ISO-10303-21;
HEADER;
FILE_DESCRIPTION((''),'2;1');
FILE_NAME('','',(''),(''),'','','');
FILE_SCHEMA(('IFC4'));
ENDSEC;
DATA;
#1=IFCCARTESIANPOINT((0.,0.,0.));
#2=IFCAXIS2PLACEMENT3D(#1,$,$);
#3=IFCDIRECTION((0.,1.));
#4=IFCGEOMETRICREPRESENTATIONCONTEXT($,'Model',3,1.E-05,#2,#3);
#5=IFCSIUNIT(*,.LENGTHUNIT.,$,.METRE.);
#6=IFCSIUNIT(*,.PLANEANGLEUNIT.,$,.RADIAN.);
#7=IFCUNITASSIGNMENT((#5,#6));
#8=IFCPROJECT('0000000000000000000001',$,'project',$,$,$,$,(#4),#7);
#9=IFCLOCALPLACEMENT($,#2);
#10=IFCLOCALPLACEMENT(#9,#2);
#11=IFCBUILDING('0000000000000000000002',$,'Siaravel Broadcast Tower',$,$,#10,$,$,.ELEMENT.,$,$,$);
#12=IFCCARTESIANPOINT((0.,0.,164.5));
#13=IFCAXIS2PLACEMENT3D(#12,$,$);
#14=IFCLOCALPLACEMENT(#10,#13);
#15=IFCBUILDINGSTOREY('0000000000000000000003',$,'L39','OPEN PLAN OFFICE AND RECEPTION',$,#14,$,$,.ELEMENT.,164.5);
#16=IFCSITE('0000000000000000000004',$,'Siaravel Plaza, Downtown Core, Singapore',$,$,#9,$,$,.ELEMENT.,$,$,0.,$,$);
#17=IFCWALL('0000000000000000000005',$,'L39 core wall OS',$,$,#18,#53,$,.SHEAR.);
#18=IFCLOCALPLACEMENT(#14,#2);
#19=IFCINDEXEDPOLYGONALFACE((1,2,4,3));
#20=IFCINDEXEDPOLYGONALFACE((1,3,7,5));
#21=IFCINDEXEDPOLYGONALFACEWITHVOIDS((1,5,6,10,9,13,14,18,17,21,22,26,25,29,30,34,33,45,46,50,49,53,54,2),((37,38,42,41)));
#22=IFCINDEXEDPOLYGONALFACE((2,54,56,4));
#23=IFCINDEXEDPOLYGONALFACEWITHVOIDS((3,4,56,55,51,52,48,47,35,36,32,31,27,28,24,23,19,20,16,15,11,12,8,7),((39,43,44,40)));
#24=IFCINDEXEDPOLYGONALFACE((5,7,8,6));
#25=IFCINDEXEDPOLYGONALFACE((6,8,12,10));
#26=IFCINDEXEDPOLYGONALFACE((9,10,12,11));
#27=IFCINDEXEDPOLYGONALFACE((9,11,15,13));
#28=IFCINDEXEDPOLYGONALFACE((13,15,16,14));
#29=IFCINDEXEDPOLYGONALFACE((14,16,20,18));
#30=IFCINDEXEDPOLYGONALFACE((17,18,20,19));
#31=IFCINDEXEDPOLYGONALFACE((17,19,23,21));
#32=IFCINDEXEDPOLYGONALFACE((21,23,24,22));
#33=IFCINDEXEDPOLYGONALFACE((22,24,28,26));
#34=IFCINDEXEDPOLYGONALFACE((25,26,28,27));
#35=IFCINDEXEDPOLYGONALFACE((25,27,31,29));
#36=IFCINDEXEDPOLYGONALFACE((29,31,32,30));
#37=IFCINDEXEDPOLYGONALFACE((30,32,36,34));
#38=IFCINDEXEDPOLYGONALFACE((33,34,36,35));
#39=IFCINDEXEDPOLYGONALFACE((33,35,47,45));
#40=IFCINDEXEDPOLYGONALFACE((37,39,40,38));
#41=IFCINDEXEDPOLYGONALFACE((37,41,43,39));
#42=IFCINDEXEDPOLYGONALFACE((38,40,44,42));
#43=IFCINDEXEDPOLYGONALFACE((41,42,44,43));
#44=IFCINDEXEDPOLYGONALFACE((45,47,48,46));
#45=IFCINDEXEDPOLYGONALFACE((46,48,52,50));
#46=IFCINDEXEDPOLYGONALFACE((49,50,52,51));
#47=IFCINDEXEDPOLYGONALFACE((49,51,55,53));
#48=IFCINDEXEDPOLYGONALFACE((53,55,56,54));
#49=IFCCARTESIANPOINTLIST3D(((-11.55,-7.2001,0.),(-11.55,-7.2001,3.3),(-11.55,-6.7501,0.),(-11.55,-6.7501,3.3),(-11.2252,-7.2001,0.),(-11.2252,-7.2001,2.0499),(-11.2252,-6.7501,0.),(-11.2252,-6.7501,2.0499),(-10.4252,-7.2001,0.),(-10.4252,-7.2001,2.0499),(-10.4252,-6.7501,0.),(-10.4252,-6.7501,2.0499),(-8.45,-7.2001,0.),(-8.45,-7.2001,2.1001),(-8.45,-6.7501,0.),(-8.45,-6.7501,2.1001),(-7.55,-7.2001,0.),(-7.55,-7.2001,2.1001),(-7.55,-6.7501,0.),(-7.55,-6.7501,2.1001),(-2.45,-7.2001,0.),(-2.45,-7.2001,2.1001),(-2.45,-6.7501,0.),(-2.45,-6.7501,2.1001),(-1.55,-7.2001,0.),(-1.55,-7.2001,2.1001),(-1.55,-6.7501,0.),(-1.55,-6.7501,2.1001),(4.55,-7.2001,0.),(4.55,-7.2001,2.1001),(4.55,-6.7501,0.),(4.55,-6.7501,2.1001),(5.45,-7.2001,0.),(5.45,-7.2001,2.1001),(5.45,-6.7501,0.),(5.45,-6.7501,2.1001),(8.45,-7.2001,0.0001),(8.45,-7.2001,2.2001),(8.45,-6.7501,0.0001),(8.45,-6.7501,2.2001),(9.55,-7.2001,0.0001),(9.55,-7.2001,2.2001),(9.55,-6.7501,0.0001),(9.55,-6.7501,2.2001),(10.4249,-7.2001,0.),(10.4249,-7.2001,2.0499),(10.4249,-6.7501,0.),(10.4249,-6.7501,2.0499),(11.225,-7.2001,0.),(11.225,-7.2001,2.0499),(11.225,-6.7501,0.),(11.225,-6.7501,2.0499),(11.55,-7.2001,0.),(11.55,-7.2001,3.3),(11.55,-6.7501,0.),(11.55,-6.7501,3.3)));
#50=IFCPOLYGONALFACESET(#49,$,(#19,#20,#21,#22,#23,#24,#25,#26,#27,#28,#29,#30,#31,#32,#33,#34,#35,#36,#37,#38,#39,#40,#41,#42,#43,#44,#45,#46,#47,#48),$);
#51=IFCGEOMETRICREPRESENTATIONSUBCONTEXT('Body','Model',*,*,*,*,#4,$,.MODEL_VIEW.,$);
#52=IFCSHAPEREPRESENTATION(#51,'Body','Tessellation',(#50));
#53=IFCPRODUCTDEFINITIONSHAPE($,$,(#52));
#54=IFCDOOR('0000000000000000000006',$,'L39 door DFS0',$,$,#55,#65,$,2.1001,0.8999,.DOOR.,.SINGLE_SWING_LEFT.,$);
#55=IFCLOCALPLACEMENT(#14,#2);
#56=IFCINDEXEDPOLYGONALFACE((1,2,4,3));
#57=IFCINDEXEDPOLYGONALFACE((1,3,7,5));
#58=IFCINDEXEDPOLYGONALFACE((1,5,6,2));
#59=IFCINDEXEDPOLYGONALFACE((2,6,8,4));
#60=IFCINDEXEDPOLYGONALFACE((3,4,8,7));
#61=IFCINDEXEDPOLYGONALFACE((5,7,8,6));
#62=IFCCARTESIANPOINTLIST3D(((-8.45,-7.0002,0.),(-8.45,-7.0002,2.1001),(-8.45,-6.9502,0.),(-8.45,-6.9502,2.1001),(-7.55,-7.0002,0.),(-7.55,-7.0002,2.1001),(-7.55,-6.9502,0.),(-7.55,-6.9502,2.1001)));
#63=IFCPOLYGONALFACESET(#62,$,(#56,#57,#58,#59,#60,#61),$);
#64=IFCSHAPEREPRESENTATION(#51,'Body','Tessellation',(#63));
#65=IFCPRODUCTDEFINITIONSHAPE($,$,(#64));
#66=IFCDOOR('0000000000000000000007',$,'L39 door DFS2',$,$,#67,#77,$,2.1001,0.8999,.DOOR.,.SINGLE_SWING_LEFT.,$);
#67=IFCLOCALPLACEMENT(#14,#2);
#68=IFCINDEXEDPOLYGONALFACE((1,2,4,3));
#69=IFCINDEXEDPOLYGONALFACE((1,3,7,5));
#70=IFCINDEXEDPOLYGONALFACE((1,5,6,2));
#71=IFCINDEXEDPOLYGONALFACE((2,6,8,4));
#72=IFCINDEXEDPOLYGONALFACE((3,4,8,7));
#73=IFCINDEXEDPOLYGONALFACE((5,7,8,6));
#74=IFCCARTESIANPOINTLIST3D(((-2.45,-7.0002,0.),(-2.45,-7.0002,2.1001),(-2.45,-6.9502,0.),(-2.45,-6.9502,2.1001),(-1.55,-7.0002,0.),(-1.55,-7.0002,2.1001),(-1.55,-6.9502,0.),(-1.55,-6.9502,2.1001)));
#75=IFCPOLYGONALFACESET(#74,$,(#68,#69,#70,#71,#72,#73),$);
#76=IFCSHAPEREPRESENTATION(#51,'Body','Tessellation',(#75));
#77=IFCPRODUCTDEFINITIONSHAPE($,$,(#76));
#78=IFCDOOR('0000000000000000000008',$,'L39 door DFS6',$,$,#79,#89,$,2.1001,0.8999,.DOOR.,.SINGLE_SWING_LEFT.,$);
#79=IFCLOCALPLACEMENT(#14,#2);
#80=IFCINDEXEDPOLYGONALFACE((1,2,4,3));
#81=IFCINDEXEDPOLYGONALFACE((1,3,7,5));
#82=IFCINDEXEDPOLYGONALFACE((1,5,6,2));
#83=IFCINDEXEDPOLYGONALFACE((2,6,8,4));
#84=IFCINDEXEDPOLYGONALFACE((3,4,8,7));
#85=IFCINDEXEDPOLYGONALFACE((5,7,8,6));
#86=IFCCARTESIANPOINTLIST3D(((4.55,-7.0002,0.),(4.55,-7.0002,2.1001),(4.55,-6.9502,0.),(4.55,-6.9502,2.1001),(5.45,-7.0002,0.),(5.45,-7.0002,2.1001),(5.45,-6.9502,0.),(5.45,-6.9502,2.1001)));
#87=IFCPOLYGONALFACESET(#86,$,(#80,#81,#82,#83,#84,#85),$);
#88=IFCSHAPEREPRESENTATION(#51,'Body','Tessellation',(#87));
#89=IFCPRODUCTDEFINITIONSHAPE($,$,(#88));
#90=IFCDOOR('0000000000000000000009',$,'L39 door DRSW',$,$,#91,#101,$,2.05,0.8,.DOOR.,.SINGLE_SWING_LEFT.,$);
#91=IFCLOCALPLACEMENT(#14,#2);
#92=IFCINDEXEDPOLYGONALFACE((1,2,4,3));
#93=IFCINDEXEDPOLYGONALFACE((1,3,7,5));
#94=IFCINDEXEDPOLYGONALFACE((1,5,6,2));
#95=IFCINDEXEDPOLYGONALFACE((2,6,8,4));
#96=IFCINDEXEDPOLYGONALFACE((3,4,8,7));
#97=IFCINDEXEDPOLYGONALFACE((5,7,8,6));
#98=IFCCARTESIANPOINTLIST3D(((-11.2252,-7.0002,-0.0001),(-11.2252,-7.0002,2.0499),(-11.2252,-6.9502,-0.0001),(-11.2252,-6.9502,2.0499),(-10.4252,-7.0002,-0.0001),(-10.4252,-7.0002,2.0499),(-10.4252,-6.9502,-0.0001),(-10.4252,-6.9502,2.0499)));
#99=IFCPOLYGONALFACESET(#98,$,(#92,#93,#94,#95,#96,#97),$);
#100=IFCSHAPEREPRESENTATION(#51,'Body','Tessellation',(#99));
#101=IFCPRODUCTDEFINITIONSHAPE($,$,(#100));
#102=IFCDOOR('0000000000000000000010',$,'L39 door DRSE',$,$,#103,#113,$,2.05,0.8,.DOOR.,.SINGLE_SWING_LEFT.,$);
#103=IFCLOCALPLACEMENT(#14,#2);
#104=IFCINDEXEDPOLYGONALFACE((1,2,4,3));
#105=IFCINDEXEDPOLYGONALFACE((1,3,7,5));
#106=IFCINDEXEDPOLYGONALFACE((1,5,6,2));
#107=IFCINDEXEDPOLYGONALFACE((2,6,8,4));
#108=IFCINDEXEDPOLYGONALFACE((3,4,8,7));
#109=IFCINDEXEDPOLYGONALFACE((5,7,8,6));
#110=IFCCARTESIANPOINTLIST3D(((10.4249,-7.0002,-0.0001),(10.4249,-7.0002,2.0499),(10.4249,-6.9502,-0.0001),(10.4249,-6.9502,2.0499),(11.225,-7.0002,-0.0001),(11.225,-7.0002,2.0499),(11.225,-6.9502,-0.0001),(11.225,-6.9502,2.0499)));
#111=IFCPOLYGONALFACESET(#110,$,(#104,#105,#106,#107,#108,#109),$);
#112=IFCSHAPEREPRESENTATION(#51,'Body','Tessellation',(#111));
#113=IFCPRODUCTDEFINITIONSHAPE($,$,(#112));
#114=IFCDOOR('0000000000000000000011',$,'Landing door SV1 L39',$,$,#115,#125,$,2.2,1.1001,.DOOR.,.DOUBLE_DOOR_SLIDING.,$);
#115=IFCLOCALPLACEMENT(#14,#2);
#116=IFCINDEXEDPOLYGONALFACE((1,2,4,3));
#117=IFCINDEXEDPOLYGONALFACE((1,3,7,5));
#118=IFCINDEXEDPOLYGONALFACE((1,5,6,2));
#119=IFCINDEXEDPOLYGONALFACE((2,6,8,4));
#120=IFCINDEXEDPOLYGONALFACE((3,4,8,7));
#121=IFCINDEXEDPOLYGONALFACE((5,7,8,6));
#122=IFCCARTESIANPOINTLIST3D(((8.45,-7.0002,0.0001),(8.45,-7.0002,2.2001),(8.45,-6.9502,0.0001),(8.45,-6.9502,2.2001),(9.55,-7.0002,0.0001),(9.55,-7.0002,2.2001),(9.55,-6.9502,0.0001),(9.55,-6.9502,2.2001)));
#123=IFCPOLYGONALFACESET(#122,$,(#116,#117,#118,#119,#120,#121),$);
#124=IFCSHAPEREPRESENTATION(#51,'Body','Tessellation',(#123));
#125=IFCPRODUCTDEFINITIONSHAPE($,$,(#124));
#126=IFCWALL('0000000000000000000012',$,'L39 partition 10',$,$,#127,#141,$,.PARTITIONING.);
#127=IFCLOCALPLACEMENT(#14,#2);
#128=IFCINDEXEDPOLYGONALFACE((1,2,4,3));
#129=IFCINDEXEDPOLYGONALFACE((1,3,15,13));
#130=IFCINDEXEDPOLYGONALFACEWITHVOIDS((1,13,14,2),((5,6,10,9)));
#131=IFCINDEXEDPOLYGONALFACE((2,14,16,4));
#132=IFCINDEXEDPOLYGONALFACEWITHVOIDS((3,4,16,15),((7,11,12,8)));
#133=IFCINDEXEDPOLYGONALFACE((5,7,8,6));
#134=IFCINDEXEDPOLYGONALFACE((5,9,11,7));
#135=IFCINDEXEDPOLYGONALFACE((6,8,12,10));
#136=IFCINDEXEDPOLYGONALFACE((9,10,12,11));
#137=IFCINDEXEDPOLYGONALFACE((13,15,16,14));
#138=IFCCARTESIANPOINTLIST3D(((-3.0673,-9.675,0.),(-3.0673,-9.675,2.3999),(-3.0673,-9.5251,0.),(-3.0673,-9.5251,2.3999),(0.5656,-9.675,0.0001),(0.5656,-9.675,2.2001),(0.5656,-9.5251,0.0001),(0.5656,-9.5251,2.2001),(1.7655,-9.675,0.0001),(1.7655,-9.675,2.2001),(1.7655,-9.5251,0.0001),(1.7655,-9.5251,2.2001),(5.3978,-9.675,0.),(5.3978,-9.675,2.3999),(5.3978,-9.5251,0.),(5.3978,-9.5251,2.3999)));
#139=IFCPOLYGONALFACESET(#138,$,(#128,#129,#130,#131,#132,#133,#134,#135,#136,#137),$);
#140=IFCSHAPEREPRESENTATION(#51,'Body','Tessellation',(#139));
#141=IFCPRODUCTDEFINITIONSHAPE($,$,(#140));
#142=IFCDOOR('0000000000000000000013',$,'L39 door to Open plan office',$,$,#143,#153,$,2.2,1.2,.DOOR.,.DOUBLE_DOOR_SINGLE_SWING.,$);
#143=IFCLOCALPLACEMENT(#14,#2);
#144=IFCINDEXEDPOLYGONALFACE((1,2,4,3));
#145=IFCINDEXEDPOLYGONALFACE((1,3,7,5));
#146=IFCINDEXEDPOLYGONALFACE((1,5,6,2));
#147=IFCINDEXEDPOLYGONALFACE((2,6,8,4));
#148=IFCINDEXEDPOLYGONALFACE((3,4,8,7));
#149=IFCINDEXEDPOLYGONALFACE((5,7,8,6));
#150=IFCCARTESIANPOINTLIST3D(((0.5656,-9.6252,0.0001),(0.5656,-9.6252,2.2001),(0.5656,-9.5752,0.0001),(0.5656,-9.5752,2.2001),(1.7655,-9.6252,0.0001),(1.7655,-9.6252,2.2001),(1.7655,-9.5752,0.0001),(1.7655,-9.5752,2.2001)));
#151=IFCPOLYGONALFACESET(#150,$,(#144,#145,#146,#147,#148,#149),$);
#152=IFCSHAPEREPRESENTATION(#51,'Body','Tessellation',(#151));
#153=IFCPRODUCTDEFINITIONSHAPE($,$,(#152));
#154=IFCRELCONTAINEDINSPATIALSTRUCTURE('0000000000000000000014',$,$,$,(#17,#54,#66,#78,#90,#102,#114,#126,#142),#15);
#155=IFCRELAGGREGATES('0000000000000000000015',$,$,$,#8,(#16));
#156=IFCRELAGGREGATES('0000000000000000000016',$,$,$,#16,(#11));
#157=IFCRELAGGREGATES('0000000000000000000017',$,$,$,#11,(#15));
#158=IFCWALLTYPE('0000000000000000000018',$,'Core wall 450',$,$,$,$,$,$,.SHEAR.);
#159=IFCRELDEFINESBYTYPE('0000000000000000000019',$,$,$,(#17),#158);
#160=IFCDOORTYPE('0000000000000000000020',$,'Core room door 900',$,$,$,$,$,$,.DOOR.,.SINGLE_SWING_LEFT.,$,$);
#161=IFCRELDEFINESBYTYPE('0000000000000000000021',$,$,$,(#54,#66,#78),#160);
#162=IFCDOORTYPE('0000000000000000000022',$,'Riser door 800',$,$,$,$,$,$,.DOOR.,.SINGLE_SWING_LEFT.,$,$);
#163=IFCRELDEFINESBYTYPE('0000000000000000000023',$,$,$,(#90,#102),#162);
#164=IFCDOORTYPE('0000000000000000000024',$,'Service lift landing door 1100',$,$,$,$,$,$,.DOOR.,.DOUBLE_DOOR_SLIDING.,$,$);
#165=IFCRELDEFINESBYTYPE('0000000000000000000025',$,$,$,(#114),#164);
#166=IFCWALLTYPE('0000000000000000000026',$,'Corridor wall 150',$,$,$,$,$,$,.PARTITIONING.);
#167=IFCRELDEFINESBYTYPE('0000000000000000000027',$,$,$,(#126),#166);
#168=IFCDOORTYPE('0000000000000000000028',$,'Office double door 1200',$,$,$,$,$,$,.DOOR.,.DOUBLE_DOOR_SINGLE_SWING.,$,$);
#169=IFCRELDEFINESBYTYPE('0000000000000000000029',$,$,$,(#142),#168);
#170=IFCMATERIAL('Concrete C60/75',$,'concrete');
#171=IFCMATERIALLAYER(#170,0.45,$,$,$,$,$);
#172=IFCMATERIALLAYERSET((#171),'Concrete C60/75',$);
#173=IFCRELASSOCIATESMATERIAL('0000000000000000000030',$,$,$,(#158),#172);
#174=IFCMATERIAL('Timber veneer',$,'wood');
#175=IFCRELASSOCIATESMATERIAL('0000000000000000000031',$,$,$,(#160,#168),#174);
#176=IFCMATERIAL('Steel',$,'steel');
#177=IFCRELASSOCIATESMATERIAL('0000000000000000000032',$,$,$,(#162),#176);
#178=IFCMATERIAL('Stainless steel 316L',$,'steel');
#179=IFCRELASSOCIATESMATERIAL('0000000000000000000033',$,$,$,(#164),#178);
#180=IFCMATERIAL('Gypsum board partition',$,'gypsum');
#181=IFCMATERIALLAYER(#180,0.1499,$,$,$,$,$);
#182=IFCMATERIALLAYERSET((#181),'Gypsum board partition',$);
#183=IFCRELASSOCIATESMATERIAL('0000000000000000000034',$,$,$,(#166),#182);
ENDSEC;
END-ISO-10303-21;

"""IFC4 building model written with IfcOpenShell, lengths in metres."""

from ifc_helpers import new_model, si_unit, direction, frame, frame_2d, origin, place, context, subcontext, project, spatial, rectangle, extrude, material, layer, layer_set, type_object, element, fill, save


model = new_model("IFC4")

# Units and contexts
model_context = context("Model", 3, precision=1e-05, world=origin(), true_north=direction((0.0, 1.0)))
body_context = subcontext(model_context, "Body", "Model", "MODEL_VIEW")
ifc_project = project(units=[si_unit("LENGTHUNIT", "METRE"), si_unit("PLANEANGLEUNIT", "RADIAN")], contexts=[model_context])

# Site, building, storey
site_placement = place(None, origin())
site = spatial("IfcSite", under=ifc_project, at=site_placement, Name="Siaravel Plaza, Downtown Core, Singapore", CompositionType="ELEMENT", RefElevation=0.0)
building_placement = place(site_placement, origin())
building = spatial("IfcBuilding", under=site, at=building_placement, Name="Siaravel Broadcast Tower", CompositionType="ELEMENT")
storey_placement = place(building_placement, frame((0.0, 0.0, 164.5)))
storey = spatial("IfcBuildingStorey", under=building, at=storey_placement, Name="L39", Description="OPEN PLAN OFFICE AND RECEPTION", CompositionType="ELEMENT", Elevation=164.5)

# Shared definitions
ifc_material_1 = material(Name="Concrete C60/75", Category="concrete")

# Shared definitions
ifc_layer_1 = layer(ifc_material_1, 0.45)
ifc_layer_set_1 = layer_set([ifc_layer_1], Name="Concrete C60/75")
wall_type_1 = type_object("IfcWallType", Name="Core wall 450", PredefinedType="SHEAR", material=ifc_layer_set_1)
ifc_material_2 = material(Name="Steel", Category="steel")

# Wall, openings, doors
wall_1_placement = place(storey_placement, frame((-11.55, -6.9751, 0.0), z_axis=(0.0, 0.0, 1.0), x_axis=(1.0, 0.0, 0.0)))
wall_1 = element("IfcWall", 1, at=wall_1_placement, inside=storey, type_object=wall_type_1, Name="L39 core wall OS", PredefinedType="SHEAR", context=body_context, shape_type="SweptSolid", body=[
    extrude(rectangle(XDim=23.1001, YDim=0.45, at=frame_2d((11.55, 0.0))), origin(), (0.0, 0.0, 1.0), 3.3),
])
opening_1_placement = place(wall_1_placement, frame((20.0, 0.0, 0.0)))
opening_1 = element("IfcOpeningElement", 2, at=opening_1_placement, cuts=wall_1, PredefinedType="OPENING", context=body_context, shape_type="SweptSolid", body=[
    extrude(rectangle(XDim=1.1001, YDim=2.2, at=frame_2d((0.55, 1.1001))), frame((0.0, 0.2349, 0.0), z_axis=(0.0, -1.0, 0.0), x_axis=(1.0, 0.0, 0.0)), (0.0, 0.0, 1.0), 0.47),
])
opening_2_placement = place(wall_1_placement, frame((3.1001, 0.0, 0.0)))
opening_2 = element("IfcOpeningElement", 3, at=opening_2_placement, cuts=wall_1, PredefinedType="OPENING", context=body_context, shape_type="SweptSolid", body=[
    extrude(rectangle(XDim=0.8999, YDim=2.1001, at=frame_2d((0.45, 1.05))), frame((0.0, 0.2349, 0.0), z_axis=(0.0, -1.0, 0.0), x_axis=(1.0, 0.0, 0.0)), (0.0, 0.0, 1.0), 0.47),
])
opening_3_placement = place(wall_1_placement, frame((9.1001, 0.0, 0.0)))
opening_3 = element("IfcOpeningElement", 4, at=opening_3_placement, cuts=wall_1, PredefinedType="OPENING", context=body_context, shape_type="SweptSolid", body=[
    extrude(rectangle(XDim=0.8999, YDim=2.1001, at=frame_2d((0.45, 1.05))), frame((0.0, 0.2349, 0.0), z_axis=(0.0, -1.0, 0.0), x_axis=(1.0, 0.0, 0.0)), (0.0, 0.0, 1.0), 0.47),
])
opening_4_placement = place(wall_1_placement, frame((16.1001, 0.0, 0.0)))
opening_4 = element("IfcOpeningElement", 5, at=opening_4_placement, cuts=wall_1, PredefinedType="OPENING", context=body_context, shape_type="SweptSolid", body=[
    extrude(rectangle(XDim=0.8999, YDim=2.1001, at=frame_2d((0.45, 1.05))), frame((0.0, 0.2349, 0.0), z_axis=(0.0, -1.0, 0.0), x_axis=(1.0, 0.0, 0.0)), (0.0, 0.0, 1.0), 0.47),
])
opening_5_placement = place(wall_1_placement, frame((0.325, 0.0, 0.0)))
opening_5 = element("IfcOpeningElement", 6, at=opening_5_placement, cuts=wall_1, PredefinedType="OPENING", context=body_context, shape_type="SweptSolid", body=[
    extrude(rectangle(XDim=0.8, YDim=2.05, at=frame_2d((0.3999, 1.0249))), frame((0.0, 0.2349, 0.0), z_axis=(0.0, -1.0, 0.0), x_axis=(1.0, 0.0, 0.0)), (0.0, 0.0, 1.0), 0.47),
])
opening_6_placement = place(wall_1_placement, frame((21.9751, 0.0, 0.0)))
opening_6 = element("IfcOpeningElement", 7, at=opening_6_placement, cuts=wall_1, PredefinedType="OPENING", context=body_context, shape_type="SweptSolid", body=[
    extrude(rectangle(XDim=0.8, YDim=2.05, at=frame_2d((0.3999, 1.0249))), frame((0.0, 0.2349, 0.0), z_axis=(0.0, -1.0, 0.0), x_axis=(1.0, 0.0, 0.0)), (0.0, 0.0, 1.0), 0.47),
])
ifc_material_3 = material(Name="Timber veneer", Category="wood")
door_type_1 = type_object("IfcDoorType", Name="Core room door 900", OperationType="SINGLE_SWING_LEFT", PredefinedType="DOOR", material=ifc_material_3)
door_1_placement = place(opening_2_placement, origin())
door_1 = element("IfcDoor", 8, at=door_1_placement, inside=storey, type_object=door_type_1, Name="L39 door DFS0", OperationType="SINGLE_SWING_LEFT", OverallHeight=2.1001, OverallWidth=0.8999, PredefinedType="DOOR", context=body_context, shape_type="SweptSolid", body=[
    extrude(rectangle(XDim=0.8999, YDim=2.1001, at=frame_2d((0.45, 1.05))), frame((0.0, 0.0249, 0.0), z_axis=(0.0, -1.0, 0.0), x_axis=(1.0, 0.0, 0.0)), (0.0, 0.0, 1.0), 0.05),
])
fill(opening_2, door_1)
door_2_placement = place(opening_3_placement, origin())
door_2 = element("IfcDoor", 9, at=door_2_placement, inside=storey, type_object=door_type_1, Name="L39 door DFS2", OperationType="SINGLE_SWING_LEFT", OverallHeight=2.1001, OverallWidth=0.8999, PredefinedType="DOOR", context=body_context, shape_type="SweptSolid", body=[
    extrude(rectangle(XDim=0.8999, YDim=2.1001, at=frame_2d((0.45, 1.05))), frame((0.0, 0.0249, 0.0), z_axis=(0.0, -1.0, 0.0), x_axis=(1.0, 0.0, 0.0)), (0.0, 0.0, 1.0), 0.05),
])
fill(opening_3, door_2)
door_3_placement = place(opening_4_placement, origin())
door_3 = element("IfcDoor", 10, at=door_3_placement, inside=storey, type_object=door_type_1, Name="L39 door DFS6", OperationType="SINGLE_SWING_LEFT", OverallHeight=2.1001, OverallWidth=0.8999, PredefinedType="DOOR", context=body_context, shape_type="SweptSolid", body=[
    extrude(rectangle(XDim=0.8999, YDim=2.1001, at=frame_2d((0.45, 1.05))), frame((0.0, 0.0249, 0.0), z_axis=(0.0, -1.0, 0.0), x_axis=(1.0, 0.0, 0.0)), (0.0, 0.0, 1.0), 0.05),
])
fill(opening_4, door_3)
door_type_2 = type_object("IfcDoorType", Name="Riser door 800", OperationType="SINGLE_SWING_LEFT", PredefinedType="DOOR", material=ifc_material_2)
door_4_placement = place(opening_5_placement, origin())
door_4 = element("IfcDoor", 11, at=door_4_placement, inside=storey, type_object=door_type_2, Name="L39 door DRSW", OperationType="SINGLE_SWING_LEFT", OverallHeight=2.05, OverallWidth=0.8, PredefinedType="DOOR", context=body_context, shape_type="SweptSolid", body=[
    extrude(rectangle(XDim=0.8, YDim=2.05, at=frame_2d((0.3999, 1.0249))), frame((0.0, 0.0249, 0.0), z_axis=(0.0, -1.0, 0.0), x_axis=(1.0, 0.0, 0.0)), (0.0, 0.0, 1.0), 0.05),
])
fill(opening_5, door_4)
door_5_placement = place(opening_6_placement, origin())
door_5 = element("IfcDoor", 12, at=door_5_placement, inside=storey, type_object=door_type_2, Name="L39 door DRSE", OperationType="SINGLE_SWING_LEFT", OverallHeight=2.05, OverallWidth=0.8, PredefinedType="DOOR", context=body_context, shape_type="SweptSolid", body=[
    extrude(rectangle(XDim=0.8, YDim=2.05, at=frame_2d((0.3999, 1.0249))), frame((0.0, 0.0249, 0.0), z_axis=(0.0, -1.0, 0.0), x_axis=(1.0, 0.0, 0.0)), (0.0, 0.0, 1.0), 0.05),
])
fill(opening_6, door_5)
ifc_material_4 = material(Name="Stainless steel 316L", Category="steel")
door_type_3 = type_object("IfcDoorType", Name="Service lift landing door 1100", OperationType="DOUBLE_DOOR_SLIDING", PredefinedType="DOOR", material=ifc_material_4)
door_6_placement = place(opening_1_placement, origin())
door_6 = element("IfcDoor", 13, at=door_6_placement, inside=storey, type_object=door_type_3, Name="Landing door SV1 L39", OperationType="DOUBLE_DOOR_SLIDING", OverallHeight=2.2, OverallWidth=1.1001, PredefinedType="DOOR", context=body_context, shape_type="SweptSolid", body=[
    extrude(rectangle(XDim=1.1001, YDim=2.2, at=frame_2d((0.55, 1.1001))), frame((0.0, 0.0249, 0.0), z_axis=(0.0, -1.0, 0.0), x_axis=(1.0, 0.0, 0.0)), (0.0, 0.0, 1.0), 0.05),
])
fill(opening_1, door_6)

# Wall, opening, door
ifc_material_5 = material(Name="Gypsum board partition", Category="gypsum")
ifc_layer_2 = layer(ifc_material_5, 0.1499)
ifc_layer_set_2 = layer_set([ifc_layer_2], Name="Gypsum board partition")
wall_type_2 = type_object("IfcWallType", Name="Corridor wall 150", PredefinedType="PARTITIONING", material=ifc_layer_set_2)
wall_2_placement = place(storey_placement, frame((-3.0671, -9.6001, 0.0), z_axis=(0.0, 0.0, 1.0), x_axis=(1.0, 0.0, 0.0)))
wall_2 = element("IfcWall", 14, at=wall_2_placement, inside=storey, type_object=wall_type_2, Name="L39 partition 10", PredefinedType="PARTITIONING", context=body_context, shape_type="SweptSolid", body=[
    extrude(rectangle(XDim=8.4651, YDim=0.1499, at=frame_2d((4.2324, 0.0))), origin(), (0.0, 0.0, 1.0), 2.3999),
])
opening_7_placement = place(wall_2_placement, frame((3.6326, 0.0, 0.0)))
opening_7 = element("IfcOpeningElement", 15, at=opening_7_placement, cuts=wall_2, PredefinedType="OPENING", context=body_context, shape_type="SweptSolid", body=[
    extrude(rectangle(XDim=1.2, YDim=2.2, at=frame_2d((0.6001, 1.1001))), frame((0.0, 0.085, 0.0), z_axis=(0.0, -1.0, 0.0), x_axis=(1.0, 0.0, 0.0)), (0.0, 0.0, 1.0), 0.1699),
])
door_type_4 = type_object("IfcDoorType", Name="Office double door 1200", OperationType="DOUBLE_DOOR_SINGLE_SWING", PredefinedType="DOOR", material=ifc_material_3)
door_7_placement = place(opening_7_placement, origin())
door_7 = element("IfcDoor", 16, at=door_7_placement, inside=storey, type_object=door_type_4, Name="L39 door to Open plan office", OperationType="DOUBLE_DOOR_SINGLE_SWING", OverallHeight=2.2, OverallWidth=1.2, PredefinedType="DOOR", context=body_context, shape_type="SweptSolid", body=[
    extrude(rectangle(XDim=1.2, YDim=2.2, at=frame_2d((0.6001, 1.1001))), frame((0.0, 0.0249, 0.0), z_axis=(0.0, -1.0, 0.0), x_axis=(1.0, 0.0, 0.0)), (0.0, 0.0, 1.0), 0.05),
])
fill(opening_7, door_7)

save(model, "model.ifc")
